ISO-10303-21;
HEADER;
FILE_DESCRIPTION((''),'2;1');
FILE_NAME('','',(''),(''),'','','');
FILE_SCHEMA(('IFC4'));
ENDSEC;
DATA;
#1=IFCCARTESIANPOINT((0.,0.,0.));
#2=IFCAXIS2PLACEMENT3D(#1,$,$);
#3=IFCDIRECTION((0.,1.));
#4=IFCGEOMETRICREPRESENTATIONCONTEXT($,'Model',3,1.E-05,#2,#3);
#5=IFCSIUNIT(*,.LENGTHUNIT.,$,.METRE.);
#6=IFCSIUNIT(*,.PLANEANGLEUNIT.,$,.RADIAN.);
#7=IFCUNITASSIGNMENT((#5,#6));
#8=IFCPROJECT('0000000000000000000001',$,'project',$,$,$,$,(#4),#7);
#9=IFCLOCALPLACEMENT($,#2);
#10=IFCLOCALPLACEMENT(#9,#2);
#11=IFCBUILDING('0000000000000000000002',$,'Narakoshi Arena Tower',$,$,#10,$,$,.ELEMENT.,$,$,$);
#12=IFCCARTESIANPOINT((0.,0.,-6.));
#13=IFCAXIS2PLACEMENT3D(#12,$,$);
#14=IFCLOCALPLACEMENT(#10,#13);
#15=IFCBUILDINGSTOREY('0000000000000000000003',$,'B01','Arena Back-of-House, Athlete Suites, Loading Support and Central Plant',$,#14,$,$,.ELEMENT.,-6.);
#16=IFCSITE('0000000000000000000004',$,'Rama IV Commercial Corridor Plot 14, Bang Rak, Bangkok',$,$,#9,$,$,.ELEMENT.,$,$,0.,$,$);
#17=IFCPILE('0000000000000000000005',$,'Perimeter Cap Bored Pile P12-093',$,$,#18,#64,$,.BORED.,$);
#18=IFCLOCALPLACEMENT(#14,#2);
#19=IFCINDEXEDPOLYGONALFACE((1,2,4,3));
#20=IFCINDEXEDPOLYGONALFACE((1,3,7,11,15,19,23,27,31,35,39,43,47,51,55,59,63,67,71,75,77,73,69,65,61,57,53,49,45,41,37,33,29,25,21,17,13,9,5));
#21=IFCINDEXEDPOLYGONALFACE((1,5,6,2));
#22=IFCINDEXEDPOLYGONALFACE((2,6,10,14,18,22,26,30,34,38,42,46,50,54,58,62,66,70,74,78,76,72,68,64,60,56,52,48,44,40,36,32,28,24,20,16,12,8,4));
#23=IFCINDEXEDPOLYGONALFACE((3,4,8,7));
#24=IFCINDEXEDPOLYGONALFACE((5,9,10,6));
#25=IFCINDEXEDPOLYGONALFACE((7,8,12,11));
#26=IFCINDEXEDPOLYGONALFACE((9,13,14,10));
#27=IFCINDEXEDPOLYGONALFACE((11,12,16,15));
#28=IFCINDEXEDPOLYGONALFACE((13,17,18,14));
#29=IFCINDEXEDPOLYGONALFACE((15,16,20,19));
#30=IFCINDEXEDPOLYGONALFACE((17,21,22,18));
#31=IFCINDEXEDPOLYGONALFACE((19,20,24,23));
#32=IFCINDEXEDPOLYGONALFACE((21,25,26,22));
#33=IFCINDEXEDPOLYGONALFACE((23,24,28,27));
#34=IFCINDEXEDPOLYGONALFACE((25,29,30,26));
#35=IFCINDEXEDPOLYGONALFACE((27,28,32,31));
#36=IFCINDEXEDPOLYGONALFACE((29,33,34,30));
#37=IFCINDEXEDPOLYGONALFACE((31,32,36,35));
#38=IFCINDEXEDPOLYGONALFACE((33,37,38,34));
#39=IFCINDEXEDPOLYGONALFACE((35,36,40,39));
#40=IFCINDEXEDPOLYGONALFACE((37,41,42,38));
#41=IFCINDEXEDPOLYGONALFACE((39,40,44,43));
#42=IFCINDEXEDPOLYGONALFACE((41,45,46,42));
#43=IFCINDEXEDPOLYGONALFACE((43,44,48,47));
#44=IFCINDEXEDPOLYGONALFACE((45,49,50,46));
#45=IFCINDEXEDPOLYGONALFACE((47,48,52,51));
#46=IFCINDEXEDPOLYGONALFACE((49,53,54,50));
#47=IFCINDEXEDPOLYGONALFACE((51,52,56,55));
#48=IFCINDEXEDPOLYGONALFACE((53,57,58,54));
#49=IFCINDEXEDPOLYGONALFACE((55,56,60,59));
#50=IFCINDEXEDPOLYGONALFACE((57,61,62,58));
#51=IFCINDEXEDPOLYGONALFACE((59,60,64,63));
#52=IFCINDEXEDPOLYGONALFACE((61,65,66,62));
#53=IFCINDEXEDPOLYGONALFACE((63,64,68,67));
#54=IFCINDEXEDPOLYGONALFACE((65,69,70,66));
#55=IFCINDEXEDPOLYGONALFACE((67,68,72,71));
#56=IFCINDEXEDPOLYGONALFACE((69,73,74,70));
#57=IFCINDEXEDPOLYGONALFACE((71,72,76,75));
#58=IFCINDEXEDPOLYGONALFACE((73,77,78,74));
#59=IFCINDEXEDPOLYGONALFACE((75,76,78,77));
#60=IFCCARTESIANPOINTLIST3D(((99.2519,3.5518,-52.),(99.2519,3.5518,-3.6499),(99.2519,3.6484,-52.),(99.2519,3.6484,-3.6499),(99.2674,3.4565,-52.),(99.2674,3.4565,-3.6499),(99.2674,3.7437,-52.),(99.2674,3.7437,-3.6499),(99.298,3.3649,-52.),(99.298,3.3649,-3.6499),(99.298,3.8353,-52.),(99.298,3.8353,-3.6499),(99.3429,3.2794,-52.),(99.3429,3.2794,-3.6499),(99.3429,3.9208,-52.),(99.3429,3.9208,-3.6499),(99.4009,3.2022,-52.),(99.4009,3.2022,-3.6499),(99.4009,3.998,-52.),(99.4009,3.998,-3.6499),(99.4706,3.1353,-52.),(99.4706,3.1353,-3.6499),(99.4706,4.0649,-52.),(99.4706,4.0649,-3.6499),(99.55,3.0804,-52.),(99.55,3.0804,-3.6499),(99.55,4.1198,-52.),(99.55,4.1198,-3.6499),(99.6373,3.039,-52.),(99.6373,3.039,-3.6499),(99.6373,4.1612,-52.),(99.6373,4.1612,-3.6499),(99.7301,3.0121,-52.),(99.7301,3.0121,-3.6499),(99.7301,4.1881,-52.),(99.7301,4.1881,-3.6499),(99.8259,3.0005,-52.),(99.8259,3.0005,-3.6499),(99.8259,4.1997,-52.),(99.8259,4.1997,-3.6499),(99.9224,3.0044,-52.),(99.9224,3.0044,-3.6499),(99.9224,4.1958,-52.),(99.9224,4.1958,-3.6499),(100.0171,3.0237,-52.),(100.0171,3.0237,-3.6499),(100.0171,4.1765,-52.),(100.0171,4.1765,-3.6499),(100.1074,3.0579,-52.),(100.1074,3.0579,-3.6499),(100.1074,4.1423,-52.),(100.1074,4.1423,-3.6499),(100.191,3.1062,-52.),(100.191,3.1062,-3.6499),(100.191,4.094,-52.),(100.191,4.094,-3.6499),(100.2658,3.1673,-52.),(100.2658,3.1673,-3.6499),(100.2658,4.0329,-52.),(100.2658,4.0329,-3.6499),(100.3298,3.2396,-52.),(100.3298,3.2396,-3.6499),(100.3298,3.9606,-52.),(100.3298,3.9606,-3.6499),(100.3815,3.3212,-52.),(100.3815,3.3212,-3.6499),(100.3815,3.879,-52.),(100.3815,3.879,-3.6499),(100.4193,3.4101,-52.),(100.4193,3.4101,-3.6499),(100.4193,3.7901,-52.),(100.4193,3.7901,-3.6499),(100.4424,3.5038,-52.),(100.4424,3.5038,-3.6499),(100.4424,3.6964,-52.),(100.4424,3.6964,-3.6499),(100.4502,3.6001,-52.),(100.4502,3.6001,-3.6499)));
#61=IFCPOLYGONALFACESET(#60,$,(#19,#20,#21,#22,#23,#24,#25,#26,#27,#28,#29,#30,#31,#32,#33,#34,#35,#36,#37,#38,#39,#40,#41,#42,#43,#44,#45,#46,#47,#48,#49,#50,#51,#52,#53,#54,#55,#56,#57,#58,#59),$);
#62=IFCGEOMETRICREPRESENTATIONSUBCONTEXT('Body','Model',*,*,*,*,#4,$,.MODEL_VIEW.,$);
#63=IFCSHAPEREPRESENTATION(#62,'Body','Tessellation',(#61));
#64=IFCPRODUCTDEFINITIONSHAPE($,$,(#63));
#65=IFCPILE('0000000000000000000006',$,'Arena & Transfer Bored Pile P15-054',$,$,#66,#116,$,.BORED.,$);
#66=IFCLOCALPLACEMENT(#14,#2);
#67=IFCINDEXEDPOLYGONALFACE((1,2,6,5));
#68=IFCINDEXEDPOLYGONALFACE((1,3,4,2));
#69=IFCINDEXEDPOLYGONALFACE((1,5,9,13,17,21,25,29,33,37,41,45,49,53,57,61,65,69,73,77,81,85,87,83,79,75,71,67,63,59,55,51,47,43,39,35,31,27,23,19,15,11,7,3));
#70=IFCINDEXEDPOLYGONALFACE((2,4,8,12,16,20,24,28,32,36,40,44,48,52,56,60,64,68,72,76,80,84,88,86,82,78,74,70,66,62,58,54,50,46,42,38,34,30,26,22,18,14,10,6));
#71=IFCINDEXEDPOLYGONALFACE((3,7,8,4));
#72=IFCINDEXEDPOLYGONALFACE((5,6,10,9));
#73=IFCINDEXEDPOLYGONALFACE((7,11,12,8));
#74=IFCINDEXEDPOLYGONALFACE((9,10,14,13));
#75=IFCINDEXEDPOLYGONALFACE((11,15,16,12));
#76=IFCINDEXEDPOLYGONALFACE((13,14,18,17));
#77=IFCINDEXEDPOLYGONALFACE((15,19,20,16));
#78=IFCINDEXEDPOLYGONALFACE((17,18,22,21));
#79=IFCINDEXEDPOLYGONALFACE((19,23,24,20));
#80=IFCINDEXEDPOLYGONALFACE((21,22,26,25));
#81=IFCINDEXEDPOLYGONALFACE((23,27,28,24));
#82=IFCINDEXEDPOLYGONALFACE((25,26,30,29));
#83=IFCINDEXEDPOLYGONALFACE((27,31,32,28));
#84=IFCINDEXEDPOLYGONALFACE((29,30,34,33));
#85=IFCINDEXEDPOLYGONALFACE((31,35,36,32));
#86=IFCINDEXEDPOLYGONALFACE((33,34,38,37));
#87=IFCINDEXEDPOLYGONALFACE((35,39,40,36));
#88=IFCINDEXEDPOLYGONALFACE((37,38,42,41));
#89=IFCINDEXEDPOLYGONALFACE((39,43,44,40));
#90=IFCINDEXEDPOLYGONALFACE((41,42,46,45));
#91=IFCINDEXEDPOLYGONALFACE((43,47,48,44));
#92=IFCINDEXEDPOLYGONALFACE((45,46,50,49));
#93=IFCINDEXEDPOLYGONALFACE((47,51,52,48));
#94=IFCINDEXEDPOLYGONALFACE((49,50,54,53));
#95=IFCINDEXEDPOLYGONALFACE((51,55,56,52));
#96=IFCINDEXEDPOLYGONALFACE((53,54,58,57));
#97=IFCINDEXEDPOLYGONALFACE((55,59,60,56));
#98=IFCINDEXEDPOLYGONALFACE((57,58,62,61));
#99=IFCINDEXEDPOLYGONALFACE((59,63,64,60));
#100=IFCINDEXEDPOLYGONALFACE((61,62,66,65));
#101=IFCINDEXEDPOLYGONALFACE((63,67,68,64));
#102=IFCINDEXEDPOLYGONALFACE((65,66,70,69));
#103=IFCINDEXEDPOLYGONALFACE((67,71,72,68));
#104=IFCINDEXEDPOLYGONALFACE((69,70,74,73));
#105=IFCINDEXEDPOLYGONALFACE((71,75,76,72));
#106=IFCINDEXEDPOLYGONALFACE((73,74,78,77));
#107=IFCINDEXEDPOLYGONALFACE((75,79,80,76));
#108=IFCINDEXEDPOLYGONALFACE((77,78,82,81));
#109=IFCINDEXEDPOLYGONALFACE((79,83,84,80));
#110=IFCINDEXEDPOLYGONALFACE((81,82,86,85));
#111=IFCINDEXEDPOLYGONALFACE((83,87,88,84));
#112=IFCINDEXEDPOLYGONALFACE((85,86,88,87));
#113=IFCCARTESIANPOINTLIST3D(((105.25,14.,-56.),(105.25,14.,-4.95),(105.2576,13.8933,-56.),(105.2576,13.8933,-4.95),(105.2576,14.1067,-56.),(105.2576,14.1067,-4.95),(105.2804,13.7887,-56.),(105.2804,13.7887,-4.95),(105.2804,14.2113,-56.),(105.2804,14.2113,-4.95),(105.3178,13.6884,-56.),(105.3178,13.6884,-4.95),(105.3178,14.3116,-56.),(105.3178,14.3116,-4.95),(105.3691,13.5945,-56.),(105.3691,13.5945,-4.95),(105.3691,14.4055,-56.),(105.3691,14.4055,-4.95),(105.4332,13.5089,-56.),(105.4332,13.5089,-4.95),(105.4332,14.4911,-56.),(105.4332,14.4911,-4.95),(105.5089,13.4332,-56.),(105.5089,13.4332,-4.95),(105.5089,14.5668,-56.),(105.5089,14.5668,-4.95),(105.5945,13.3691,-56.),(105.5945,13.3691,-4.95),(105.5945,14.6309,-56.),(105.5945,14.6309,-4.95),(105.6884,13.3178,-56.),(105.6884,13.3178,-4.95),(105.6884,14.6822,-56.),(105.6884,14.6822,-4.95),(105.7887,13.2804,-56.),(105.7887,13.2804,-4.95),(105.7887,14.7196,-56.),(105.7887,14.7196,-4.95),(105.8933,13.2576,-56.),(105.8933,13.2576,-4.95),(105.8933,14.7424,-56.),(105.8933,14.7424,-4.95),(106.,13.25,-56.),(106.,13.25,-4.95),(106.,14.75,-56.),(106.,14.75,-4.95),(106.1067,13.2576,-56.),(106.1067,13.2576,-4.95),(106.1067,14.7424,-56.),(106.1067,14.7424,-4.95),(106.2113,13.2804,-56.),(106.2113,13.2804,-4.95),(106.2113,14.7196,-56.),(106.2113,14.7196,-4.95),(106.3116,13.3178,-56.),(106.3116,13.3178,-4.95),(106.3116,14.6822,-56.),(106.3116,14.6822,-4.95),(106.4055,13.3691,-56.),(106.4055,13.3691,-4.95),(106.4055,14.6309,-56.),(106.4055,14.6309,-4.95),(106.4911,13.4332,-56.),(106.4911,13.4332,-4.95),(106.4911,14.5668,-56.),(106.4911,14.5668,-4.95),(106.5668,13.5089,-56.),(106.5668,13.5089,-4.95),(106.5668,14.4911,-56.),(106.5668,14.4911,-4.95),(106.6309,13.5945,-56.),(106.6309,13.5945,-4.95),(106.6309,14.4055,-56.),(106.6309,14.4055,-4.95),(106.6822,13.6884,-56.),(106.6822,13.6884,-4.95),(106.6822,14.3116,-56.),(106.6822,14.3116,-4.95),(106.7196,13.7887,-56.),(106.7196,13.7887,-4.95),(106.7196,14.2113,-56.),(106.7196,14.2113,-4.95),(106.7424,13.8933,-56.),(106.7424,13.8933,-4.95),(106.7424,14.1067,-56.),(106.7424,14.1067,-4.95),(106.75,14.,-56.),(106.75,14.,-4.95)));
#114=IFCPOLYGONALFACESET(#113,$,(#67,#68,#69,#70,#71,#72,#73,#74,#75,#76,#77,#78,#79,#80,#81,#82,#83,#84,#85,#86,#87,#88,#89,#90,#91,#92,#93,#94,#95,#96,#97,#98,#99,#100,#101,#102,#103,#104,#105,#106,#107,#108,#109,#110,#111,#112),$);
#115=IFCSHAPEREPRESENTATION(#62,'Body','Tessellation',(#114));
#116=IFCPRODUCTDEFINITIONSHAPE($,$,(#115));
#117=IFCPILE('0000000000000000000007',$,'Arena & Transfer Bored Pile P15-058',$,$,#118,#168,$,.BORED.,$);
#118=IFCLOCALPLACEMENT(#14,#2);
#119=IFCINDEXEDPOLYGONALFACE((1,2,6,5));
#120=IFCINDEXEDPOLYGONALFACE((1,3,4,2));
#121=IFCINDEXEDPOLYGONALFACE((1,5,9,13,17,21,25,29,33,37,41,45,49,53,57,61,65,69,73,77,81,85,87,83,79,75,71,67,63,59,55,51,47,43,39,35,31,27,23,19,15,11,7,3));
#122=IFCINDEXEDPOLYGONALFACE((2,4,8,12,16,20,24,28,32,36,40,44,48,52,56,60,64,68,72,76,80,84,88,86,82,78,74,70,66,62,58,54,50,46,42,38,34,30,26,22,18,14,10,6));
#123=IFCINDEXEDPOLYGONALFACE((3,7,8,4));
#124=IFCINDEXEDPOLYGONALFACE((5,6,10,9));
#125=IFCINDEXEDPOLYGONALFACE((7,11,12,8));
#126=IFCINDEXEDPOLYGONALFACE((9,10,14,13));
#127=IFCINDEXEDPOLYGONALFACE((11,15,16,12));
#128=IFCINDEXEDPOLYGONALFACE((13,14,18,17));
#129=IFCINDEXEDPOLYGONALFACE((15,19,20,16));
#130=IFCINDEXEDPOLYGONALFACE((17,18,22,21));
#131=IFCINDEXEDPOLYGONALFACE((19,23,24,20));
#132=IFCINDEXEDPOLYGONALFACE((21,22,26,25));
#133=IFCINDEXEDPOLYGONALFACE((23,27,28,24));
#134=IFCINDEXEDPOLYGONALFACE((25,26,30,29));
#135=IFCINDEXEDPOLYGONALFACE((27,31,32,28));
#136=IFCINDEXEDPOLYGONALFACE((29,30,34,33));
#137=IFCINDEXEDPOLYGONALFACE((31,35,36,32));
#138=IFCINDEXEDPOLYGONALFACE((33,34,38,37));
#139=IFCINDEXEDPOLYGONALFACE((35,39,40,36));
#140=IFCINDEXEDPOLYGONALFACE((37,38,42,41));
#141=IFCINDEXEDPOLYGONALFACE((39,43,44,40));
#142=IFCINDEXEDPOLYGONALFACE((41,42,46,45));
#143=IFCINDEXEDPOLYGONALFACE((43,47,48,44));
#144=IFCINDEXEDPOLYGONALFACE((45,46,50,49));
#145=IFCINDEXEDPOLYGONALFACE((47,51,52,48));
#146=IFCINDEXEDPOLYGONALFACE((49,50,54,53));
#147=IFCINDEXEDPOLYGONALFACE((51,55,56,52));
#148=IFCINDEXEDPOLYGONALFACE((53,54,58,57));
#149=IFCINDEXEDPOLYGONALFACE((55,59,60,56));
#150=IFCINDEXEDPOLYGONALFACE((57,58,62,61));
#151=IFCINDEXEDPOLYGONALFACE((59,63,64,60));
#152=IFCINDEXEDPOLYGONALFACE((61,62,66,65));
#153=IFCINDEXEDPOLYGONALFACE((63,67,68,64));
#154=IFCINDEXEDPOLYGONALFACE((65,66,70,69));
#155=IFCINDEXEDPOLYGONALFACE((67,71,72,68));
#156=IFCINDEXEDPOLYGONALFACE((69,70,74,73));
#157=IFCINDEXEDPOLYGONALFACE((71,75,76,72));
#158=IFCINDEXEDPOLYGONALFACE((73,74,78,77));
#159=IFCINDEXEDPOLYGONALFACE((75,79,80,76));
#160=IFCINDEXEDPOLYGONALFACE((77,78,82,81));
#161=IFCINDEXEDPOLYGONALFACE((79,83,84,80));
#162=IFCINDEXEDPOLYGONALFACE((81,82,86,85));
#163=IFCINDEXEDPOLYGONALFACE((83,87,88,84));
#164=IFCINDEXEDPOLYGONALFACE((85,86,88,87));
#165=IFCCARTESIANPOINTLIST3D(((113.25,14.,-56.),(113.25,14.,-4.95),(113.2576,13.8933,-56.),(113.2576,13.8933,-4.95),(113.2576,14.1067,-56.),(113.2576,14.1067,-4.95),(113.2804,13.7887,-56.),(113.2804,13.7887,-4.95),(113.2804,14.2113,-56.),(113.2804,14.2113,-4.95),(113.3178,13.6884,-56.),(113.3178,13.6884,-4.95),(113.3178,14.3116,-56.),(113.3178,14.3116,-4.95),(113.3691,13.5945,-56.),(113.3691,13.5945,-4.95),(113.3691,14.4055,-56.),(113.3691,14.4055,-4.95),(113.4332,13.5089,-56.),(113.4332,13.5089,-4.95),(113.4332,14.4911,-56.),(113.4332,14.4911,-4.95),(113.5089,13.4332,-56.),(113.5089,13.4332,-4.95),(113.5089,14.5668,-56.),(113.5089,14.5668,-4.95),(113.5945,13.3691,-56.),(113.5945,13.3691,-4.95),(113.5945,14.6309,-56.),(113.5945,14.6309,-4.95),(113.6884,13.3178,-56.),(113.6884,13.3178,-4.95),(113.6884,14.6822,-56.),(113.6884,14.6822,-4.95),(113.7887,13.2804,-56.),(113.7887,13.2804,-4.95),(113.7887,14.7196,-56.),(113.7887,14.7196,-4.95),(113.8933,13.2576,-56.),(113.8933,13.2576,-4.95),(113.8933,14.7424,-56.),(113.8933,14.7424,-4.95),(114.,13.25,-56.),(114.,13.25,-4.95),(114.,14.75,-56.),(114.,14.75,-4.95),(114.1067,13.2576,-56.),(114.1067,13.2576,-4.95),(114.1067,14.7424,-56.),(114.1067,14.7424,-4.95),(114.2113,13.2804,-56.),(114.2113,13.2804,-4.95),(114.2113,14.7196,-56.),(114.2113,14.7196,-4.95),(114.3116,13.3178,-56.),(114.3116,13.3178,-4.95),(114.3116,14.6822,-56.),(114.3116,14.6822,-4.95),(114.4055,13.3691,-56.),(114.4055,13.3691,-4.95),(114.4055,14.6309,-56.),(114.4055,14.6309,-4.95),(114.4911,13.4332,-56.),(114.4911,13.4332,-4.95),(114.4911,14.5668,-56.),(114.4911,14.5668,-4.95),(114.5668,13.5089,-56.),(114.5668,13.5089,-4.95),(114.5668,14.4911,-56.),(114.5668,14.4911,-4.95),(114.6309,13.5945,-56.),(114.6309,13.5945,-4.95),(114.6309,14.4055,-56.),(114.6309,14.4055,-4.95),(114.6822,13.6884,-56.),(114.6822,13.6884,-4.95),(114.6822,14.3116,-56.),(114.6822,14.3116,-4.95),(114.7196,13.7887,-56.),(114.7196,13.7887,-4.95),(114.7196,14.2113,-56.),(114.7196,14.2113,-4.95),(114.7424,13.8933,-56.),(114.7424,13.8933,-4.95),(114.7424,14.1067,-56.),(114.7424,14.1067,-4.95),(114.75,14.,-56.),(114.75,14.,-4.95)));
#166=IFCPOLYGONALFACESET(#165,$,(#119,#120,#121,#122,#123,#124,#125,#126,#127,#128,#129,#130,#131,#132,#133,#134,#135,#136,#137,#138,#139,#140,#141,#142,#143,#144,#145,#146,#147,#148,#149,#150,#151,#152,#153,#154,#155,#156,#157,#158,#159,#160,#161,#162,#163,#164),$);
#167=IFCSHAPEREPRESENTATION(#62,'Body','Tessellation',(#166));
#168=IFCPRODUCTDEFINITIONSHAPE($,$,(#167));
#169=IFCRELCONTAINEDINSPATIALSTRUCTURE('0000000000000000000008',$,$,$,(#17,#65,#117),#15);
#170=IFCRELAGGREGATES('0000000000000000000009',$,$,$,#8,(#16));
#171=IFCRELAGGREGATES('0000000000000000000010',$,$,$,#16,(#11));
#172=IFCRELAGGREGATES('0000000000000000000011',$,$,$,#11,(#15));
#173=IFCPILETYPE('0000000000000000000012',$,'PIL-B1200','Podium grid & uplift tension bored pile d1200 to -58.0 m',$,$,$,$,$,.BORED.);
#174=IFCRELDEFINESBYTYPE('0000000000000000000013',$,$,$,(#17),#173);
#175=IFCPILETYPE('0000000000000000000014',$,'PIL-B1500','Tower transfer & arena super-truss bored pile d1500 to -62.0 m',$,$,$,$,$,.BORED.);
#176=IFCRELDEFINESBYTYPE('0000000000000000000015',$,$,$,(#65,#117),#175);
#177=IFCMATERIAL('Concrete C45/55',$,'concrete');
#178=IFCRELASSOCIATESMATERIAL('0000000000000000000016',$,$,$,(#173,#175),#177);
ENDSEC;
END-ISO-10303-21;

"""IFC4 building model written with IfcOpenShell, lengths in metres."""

from ifc_helpers import new_model, si_unit, direction, frame, origin, origin_2d, place, context, subcontext, project, spatial, circle, extrude, material, material_profile, profile_set, type_object, element, save


model = new_model("IFC4")

# Units and contexts
model_context = context("Model", 3, precision=1e-05, world=origin(), true_north=direction((0.0, 1.0)))
body_context = subcontext(model_context, "Body", "Model", "MODEL_VIEW")
ifc_project = project(units=[si_unit("LENGTHUNIT", "METRE"), si_unit("PLANEANGLEUNIT", "RADIAN")], contexts=[model_context])

# Site, building, storey
site_placement = place(None, origin())
site = spatial("IfcSite", under=ifc_project, at=site_placement, Name="Rama IV Commercial Corridor Plot 14, Bang Rak, Bangkok", CompositionType="ELEMENT", RefElevation=0.0)
building_placement = place(site_placement, origin())
building = spatial("IfcBuilding", under=site, at=building_placement, Name="Narakoshi Arena Tower", CompositionType="ELEMENT")
storey_placement = place(building_placement, frame((0.0, 0.0, -6.0)))
storey = spatial("IfcBuildingStorey", under=building, at=storey_placement, Name="B01", Description="Arena Back-of-House, Athlete Suites, Loading Support and Central Plant", CompositionType="ELEMENT", Elevation=-6.0)

# Piles
ifc_material_1 = material(Name="Concrete C45/55", Category="concrete")
ifc_material_profile_1 = material_profile(ifc_material_1, circle(Radius=0.6001, at=origin_2d()), Name="PILE-D1200")
ifc_profile_set_1 = profile_set([ifc_material_profile_1], Name="Concrete C45/55")
pile_type_1 = type_object("IfcPileType", Name="PIL-B1200", Description="Podium grid & uplift tension bored pile d1200 to -58.0 m", PredefinedType="BORED", material=ifc_profile_set_1)
pile_placement = place(storey_placement, frame((99.8501, 3.6001, -3.6499), z_axis=(0.0, 0.0, -1.0), x_axis=(1.0, 0.0, 0.0)))
element("IfcPile", 1, at=pile_placement, inside=storey, type_object=pile_type_1, Name="Perimeter Cap Bored Pile P12-093", PredefinedType="BORED", context=body_context, shape_type="SweptSolid", body=[
    extrude(circle(Radius=0.6001, at=origin_2d()), origin(), (0.0, 0.0, 1.0), 48.3501),
])
ifc_material_profile_2 = material_profile(ifc_material_1, circle(Radius=0.75, at=origin_2d()), Name="PILE-D1500")
ifc_profile_set_2 = profile_set([ifc_material_profile_2], Name="Concrete C45/55")
pile_type_2 = type_object("IfcPileType", Name="PIL-B1500", Description="Tower transfer & arena super-truss bored pile d1500 to -62.0 m", PredefinedType="BORED", material=ifc_profile_set_2)
for number, where, z_axis, x_axis, name in (
    (2, (106.0, 14.0, -4.95), (0.0, 0.0, -1.0), (1.0, 0.0, 0.0), "Arena & Transfer Bored Pile P15-054"),
    (3, (114.0, 14.0, -4.95), (0.0, 0.0, -1.0), (1.0, 0.0, 0.0), "Arena & Transfer Bored Pile P15-058"),
):
    element("IfcPile", number, at=place(storey_placement, frame(where, z_axis=z_axis, x_axis=x_axis)), inside=storey, type_object=pile_type_2, Name=name, PredefinedType="BORED", context=body_context, shape_type="SweptSolid", body=[
        extrude(circle(Radius=0.75, at=origin_2d()), origin(), (0.0, 0.0, 1.0), 51.05),
    ])

save(model, "model.ifc")
